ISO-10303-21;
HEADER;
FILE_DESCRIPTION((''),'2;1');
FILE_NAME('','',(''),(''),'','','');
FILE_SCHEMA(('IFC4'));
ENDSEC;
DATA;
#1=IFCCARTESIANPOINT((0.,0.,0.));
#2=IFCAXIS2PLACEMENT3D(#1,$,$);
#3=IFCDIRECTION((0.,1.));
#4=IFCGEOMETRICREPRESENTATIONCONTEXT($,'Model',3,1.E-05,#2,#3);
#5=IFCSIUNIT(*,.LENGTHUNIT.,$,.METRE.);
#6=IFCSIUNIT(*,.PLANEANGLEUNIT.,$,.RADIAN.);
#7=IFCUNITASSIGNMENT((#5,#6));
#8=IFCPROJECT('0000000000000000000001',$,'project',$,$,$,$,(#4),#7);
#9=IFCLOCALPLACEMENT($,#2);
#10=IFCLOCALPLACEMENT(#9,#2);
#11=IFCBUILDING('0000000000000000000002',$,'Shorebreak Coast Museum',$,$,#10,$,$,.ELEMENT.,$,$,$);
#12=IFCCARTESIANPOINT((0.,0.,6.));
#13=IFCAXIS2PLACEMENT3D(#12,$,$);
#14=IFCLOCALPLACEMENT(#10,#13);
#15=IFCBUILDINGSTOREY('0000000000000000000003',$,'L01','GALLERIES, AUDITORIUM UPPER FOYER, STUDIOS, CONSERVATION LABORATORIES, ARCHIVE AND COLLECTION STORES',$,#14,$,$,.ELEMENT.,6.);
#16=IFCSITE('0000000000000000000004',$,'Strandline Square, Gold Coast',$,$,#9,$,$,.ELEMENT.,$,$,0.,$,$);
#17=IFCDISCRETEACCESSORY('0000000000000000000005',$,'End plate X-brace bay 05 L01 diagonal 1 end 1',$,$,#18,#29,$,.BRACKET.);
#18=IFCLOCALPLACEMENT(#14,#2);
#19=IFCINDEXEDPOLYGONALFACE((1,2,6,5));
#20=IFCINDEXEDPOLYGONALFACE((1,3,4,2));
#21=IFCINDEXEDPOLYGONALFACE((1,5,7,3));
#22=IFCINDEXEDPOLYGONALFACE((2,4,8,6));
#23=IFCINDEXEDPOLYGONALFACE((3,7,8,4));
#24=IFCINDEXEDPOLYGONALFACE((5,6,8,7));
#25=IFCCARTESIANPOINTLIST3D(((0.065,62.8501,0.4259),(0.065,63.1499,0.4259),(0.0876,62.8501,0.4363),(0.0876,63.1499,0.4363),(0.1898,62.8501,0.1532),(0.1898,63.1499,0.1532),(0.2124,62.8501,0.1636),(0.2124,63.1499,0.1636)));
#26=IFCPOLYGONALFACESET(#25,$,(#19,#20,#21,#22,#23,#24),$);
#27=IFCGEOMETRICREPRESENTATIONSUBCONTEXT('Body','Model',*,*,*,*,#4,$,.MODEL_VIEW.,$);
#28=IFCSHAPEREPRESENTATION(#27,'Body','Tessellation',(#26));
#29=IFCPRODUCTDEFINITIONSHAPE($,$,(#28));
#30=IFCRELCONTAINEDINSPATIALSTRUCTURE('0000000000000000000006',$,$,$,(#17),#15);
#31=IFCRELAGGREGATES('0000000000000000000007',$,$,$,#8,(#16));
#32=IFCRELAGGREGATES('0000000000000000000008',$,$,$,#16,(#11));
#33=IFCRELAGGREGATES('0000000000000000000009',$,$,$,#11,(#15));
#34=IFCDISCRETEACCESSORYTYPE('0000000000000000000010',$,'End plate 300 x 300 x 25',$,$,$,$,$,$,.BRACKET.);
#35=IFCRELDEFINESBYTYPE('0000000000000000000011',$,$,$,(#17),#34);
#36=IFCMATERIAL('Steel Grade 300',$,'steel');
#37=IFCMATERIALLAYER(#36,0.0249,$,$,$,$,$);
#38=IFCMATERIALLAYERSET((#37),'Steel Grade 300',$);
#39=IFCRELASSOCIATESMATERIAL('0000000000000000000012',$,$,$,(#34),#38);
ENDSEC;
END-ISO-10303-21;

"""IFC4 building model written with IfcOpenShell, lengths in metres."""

from ifc_helpers import new_model, si_unit, direction, frame, origin, place, context, subcontext, project, spatial, polyline, outline, extrude, material, layer, layer_set, type_object, element, save


model = new_model("IFC4")

# Units and contexts
model_context = context("Model", 3, precision=1e-05, world=origin(), true_north=direction((0.0, 1.0)))
body_context = subcontext(model_context, "Body", "Model", "MODEL_VIEW")
ifc_project = project(units=[si_unit("LENGTHUNIT", "METRE"), si_unit("PLANEANGLEUNIT", "RADIAN")], contexts=[model_context])

# Site, building, storey
site_placement = place(None, origin())
site = spatial("IfcSite", under=ifc_project, at=site_placement, Name="Strandline Square, Gold Coast", CompositionType="ELEMENT", RefElevation=0.0)
building_placement = place(site_placement, origin())
building = spatial("IfcBuilding", under=site, at=building_placement, Name="Shorebreak Coast Museum", CompositionType="ELEMENT")
storey_placement = place(building_placement, frame((0.0, 0.0, 6.0)))
storey = spatial("IfcBuildingStorey", under=building, at=storey_placement, Name="L01", Description="GALLERIES, AUDITORIUM UPPER FOYER, STUDIOS, CONSERVATION LABORATORIES, ARCHIVE AND COLLECTION STORES", CompositionType="ELEMENT", Elevation=6.0)

# Discrete accessory
ifc_material_1 = material(Name="Steel Grade 300", Category="steel")
ifc_layer_1 = layer(ifc_material_1, 0.0249)
ifc_layer_set_1 = layer_set([ifc_layer_1], Name="Steel Grade 300")
discrete_accessory_type = type_object("IfcDiscreteAccessoryType", Name="End plate 300 x 300 x 25", PredefinedType="BRACKET", material=ifc_layer_set_1)
discrete_accessory_placement = place(storey_placement, frame((0.2124, 62.8501, 0.1636), z_axis=(0.90936, 0.0, 0.41601), x_axis=(0.0, 1.0, 0.0)))
element("IfcDiscreteAccessory", 1, at=discrete_accessory_placement, inside=storey, type_object=discrete_accessory_type, Name="End plate X-brace bay 05 L01 diagonal 1 end 1", PredefinedType="BRACKET", context=body_context, shape_type="SweptSolid", body=[
    extrude(outline(polyline([(0.0, 0.0), (0.2998, 0.0), (0.2998, 0.2999), (0.0, 0.2999), (0.0, 0.0)])), origin(), (0.0, 0.0, -1.0), 0.0249),
])

save(model, "model.ifc")
